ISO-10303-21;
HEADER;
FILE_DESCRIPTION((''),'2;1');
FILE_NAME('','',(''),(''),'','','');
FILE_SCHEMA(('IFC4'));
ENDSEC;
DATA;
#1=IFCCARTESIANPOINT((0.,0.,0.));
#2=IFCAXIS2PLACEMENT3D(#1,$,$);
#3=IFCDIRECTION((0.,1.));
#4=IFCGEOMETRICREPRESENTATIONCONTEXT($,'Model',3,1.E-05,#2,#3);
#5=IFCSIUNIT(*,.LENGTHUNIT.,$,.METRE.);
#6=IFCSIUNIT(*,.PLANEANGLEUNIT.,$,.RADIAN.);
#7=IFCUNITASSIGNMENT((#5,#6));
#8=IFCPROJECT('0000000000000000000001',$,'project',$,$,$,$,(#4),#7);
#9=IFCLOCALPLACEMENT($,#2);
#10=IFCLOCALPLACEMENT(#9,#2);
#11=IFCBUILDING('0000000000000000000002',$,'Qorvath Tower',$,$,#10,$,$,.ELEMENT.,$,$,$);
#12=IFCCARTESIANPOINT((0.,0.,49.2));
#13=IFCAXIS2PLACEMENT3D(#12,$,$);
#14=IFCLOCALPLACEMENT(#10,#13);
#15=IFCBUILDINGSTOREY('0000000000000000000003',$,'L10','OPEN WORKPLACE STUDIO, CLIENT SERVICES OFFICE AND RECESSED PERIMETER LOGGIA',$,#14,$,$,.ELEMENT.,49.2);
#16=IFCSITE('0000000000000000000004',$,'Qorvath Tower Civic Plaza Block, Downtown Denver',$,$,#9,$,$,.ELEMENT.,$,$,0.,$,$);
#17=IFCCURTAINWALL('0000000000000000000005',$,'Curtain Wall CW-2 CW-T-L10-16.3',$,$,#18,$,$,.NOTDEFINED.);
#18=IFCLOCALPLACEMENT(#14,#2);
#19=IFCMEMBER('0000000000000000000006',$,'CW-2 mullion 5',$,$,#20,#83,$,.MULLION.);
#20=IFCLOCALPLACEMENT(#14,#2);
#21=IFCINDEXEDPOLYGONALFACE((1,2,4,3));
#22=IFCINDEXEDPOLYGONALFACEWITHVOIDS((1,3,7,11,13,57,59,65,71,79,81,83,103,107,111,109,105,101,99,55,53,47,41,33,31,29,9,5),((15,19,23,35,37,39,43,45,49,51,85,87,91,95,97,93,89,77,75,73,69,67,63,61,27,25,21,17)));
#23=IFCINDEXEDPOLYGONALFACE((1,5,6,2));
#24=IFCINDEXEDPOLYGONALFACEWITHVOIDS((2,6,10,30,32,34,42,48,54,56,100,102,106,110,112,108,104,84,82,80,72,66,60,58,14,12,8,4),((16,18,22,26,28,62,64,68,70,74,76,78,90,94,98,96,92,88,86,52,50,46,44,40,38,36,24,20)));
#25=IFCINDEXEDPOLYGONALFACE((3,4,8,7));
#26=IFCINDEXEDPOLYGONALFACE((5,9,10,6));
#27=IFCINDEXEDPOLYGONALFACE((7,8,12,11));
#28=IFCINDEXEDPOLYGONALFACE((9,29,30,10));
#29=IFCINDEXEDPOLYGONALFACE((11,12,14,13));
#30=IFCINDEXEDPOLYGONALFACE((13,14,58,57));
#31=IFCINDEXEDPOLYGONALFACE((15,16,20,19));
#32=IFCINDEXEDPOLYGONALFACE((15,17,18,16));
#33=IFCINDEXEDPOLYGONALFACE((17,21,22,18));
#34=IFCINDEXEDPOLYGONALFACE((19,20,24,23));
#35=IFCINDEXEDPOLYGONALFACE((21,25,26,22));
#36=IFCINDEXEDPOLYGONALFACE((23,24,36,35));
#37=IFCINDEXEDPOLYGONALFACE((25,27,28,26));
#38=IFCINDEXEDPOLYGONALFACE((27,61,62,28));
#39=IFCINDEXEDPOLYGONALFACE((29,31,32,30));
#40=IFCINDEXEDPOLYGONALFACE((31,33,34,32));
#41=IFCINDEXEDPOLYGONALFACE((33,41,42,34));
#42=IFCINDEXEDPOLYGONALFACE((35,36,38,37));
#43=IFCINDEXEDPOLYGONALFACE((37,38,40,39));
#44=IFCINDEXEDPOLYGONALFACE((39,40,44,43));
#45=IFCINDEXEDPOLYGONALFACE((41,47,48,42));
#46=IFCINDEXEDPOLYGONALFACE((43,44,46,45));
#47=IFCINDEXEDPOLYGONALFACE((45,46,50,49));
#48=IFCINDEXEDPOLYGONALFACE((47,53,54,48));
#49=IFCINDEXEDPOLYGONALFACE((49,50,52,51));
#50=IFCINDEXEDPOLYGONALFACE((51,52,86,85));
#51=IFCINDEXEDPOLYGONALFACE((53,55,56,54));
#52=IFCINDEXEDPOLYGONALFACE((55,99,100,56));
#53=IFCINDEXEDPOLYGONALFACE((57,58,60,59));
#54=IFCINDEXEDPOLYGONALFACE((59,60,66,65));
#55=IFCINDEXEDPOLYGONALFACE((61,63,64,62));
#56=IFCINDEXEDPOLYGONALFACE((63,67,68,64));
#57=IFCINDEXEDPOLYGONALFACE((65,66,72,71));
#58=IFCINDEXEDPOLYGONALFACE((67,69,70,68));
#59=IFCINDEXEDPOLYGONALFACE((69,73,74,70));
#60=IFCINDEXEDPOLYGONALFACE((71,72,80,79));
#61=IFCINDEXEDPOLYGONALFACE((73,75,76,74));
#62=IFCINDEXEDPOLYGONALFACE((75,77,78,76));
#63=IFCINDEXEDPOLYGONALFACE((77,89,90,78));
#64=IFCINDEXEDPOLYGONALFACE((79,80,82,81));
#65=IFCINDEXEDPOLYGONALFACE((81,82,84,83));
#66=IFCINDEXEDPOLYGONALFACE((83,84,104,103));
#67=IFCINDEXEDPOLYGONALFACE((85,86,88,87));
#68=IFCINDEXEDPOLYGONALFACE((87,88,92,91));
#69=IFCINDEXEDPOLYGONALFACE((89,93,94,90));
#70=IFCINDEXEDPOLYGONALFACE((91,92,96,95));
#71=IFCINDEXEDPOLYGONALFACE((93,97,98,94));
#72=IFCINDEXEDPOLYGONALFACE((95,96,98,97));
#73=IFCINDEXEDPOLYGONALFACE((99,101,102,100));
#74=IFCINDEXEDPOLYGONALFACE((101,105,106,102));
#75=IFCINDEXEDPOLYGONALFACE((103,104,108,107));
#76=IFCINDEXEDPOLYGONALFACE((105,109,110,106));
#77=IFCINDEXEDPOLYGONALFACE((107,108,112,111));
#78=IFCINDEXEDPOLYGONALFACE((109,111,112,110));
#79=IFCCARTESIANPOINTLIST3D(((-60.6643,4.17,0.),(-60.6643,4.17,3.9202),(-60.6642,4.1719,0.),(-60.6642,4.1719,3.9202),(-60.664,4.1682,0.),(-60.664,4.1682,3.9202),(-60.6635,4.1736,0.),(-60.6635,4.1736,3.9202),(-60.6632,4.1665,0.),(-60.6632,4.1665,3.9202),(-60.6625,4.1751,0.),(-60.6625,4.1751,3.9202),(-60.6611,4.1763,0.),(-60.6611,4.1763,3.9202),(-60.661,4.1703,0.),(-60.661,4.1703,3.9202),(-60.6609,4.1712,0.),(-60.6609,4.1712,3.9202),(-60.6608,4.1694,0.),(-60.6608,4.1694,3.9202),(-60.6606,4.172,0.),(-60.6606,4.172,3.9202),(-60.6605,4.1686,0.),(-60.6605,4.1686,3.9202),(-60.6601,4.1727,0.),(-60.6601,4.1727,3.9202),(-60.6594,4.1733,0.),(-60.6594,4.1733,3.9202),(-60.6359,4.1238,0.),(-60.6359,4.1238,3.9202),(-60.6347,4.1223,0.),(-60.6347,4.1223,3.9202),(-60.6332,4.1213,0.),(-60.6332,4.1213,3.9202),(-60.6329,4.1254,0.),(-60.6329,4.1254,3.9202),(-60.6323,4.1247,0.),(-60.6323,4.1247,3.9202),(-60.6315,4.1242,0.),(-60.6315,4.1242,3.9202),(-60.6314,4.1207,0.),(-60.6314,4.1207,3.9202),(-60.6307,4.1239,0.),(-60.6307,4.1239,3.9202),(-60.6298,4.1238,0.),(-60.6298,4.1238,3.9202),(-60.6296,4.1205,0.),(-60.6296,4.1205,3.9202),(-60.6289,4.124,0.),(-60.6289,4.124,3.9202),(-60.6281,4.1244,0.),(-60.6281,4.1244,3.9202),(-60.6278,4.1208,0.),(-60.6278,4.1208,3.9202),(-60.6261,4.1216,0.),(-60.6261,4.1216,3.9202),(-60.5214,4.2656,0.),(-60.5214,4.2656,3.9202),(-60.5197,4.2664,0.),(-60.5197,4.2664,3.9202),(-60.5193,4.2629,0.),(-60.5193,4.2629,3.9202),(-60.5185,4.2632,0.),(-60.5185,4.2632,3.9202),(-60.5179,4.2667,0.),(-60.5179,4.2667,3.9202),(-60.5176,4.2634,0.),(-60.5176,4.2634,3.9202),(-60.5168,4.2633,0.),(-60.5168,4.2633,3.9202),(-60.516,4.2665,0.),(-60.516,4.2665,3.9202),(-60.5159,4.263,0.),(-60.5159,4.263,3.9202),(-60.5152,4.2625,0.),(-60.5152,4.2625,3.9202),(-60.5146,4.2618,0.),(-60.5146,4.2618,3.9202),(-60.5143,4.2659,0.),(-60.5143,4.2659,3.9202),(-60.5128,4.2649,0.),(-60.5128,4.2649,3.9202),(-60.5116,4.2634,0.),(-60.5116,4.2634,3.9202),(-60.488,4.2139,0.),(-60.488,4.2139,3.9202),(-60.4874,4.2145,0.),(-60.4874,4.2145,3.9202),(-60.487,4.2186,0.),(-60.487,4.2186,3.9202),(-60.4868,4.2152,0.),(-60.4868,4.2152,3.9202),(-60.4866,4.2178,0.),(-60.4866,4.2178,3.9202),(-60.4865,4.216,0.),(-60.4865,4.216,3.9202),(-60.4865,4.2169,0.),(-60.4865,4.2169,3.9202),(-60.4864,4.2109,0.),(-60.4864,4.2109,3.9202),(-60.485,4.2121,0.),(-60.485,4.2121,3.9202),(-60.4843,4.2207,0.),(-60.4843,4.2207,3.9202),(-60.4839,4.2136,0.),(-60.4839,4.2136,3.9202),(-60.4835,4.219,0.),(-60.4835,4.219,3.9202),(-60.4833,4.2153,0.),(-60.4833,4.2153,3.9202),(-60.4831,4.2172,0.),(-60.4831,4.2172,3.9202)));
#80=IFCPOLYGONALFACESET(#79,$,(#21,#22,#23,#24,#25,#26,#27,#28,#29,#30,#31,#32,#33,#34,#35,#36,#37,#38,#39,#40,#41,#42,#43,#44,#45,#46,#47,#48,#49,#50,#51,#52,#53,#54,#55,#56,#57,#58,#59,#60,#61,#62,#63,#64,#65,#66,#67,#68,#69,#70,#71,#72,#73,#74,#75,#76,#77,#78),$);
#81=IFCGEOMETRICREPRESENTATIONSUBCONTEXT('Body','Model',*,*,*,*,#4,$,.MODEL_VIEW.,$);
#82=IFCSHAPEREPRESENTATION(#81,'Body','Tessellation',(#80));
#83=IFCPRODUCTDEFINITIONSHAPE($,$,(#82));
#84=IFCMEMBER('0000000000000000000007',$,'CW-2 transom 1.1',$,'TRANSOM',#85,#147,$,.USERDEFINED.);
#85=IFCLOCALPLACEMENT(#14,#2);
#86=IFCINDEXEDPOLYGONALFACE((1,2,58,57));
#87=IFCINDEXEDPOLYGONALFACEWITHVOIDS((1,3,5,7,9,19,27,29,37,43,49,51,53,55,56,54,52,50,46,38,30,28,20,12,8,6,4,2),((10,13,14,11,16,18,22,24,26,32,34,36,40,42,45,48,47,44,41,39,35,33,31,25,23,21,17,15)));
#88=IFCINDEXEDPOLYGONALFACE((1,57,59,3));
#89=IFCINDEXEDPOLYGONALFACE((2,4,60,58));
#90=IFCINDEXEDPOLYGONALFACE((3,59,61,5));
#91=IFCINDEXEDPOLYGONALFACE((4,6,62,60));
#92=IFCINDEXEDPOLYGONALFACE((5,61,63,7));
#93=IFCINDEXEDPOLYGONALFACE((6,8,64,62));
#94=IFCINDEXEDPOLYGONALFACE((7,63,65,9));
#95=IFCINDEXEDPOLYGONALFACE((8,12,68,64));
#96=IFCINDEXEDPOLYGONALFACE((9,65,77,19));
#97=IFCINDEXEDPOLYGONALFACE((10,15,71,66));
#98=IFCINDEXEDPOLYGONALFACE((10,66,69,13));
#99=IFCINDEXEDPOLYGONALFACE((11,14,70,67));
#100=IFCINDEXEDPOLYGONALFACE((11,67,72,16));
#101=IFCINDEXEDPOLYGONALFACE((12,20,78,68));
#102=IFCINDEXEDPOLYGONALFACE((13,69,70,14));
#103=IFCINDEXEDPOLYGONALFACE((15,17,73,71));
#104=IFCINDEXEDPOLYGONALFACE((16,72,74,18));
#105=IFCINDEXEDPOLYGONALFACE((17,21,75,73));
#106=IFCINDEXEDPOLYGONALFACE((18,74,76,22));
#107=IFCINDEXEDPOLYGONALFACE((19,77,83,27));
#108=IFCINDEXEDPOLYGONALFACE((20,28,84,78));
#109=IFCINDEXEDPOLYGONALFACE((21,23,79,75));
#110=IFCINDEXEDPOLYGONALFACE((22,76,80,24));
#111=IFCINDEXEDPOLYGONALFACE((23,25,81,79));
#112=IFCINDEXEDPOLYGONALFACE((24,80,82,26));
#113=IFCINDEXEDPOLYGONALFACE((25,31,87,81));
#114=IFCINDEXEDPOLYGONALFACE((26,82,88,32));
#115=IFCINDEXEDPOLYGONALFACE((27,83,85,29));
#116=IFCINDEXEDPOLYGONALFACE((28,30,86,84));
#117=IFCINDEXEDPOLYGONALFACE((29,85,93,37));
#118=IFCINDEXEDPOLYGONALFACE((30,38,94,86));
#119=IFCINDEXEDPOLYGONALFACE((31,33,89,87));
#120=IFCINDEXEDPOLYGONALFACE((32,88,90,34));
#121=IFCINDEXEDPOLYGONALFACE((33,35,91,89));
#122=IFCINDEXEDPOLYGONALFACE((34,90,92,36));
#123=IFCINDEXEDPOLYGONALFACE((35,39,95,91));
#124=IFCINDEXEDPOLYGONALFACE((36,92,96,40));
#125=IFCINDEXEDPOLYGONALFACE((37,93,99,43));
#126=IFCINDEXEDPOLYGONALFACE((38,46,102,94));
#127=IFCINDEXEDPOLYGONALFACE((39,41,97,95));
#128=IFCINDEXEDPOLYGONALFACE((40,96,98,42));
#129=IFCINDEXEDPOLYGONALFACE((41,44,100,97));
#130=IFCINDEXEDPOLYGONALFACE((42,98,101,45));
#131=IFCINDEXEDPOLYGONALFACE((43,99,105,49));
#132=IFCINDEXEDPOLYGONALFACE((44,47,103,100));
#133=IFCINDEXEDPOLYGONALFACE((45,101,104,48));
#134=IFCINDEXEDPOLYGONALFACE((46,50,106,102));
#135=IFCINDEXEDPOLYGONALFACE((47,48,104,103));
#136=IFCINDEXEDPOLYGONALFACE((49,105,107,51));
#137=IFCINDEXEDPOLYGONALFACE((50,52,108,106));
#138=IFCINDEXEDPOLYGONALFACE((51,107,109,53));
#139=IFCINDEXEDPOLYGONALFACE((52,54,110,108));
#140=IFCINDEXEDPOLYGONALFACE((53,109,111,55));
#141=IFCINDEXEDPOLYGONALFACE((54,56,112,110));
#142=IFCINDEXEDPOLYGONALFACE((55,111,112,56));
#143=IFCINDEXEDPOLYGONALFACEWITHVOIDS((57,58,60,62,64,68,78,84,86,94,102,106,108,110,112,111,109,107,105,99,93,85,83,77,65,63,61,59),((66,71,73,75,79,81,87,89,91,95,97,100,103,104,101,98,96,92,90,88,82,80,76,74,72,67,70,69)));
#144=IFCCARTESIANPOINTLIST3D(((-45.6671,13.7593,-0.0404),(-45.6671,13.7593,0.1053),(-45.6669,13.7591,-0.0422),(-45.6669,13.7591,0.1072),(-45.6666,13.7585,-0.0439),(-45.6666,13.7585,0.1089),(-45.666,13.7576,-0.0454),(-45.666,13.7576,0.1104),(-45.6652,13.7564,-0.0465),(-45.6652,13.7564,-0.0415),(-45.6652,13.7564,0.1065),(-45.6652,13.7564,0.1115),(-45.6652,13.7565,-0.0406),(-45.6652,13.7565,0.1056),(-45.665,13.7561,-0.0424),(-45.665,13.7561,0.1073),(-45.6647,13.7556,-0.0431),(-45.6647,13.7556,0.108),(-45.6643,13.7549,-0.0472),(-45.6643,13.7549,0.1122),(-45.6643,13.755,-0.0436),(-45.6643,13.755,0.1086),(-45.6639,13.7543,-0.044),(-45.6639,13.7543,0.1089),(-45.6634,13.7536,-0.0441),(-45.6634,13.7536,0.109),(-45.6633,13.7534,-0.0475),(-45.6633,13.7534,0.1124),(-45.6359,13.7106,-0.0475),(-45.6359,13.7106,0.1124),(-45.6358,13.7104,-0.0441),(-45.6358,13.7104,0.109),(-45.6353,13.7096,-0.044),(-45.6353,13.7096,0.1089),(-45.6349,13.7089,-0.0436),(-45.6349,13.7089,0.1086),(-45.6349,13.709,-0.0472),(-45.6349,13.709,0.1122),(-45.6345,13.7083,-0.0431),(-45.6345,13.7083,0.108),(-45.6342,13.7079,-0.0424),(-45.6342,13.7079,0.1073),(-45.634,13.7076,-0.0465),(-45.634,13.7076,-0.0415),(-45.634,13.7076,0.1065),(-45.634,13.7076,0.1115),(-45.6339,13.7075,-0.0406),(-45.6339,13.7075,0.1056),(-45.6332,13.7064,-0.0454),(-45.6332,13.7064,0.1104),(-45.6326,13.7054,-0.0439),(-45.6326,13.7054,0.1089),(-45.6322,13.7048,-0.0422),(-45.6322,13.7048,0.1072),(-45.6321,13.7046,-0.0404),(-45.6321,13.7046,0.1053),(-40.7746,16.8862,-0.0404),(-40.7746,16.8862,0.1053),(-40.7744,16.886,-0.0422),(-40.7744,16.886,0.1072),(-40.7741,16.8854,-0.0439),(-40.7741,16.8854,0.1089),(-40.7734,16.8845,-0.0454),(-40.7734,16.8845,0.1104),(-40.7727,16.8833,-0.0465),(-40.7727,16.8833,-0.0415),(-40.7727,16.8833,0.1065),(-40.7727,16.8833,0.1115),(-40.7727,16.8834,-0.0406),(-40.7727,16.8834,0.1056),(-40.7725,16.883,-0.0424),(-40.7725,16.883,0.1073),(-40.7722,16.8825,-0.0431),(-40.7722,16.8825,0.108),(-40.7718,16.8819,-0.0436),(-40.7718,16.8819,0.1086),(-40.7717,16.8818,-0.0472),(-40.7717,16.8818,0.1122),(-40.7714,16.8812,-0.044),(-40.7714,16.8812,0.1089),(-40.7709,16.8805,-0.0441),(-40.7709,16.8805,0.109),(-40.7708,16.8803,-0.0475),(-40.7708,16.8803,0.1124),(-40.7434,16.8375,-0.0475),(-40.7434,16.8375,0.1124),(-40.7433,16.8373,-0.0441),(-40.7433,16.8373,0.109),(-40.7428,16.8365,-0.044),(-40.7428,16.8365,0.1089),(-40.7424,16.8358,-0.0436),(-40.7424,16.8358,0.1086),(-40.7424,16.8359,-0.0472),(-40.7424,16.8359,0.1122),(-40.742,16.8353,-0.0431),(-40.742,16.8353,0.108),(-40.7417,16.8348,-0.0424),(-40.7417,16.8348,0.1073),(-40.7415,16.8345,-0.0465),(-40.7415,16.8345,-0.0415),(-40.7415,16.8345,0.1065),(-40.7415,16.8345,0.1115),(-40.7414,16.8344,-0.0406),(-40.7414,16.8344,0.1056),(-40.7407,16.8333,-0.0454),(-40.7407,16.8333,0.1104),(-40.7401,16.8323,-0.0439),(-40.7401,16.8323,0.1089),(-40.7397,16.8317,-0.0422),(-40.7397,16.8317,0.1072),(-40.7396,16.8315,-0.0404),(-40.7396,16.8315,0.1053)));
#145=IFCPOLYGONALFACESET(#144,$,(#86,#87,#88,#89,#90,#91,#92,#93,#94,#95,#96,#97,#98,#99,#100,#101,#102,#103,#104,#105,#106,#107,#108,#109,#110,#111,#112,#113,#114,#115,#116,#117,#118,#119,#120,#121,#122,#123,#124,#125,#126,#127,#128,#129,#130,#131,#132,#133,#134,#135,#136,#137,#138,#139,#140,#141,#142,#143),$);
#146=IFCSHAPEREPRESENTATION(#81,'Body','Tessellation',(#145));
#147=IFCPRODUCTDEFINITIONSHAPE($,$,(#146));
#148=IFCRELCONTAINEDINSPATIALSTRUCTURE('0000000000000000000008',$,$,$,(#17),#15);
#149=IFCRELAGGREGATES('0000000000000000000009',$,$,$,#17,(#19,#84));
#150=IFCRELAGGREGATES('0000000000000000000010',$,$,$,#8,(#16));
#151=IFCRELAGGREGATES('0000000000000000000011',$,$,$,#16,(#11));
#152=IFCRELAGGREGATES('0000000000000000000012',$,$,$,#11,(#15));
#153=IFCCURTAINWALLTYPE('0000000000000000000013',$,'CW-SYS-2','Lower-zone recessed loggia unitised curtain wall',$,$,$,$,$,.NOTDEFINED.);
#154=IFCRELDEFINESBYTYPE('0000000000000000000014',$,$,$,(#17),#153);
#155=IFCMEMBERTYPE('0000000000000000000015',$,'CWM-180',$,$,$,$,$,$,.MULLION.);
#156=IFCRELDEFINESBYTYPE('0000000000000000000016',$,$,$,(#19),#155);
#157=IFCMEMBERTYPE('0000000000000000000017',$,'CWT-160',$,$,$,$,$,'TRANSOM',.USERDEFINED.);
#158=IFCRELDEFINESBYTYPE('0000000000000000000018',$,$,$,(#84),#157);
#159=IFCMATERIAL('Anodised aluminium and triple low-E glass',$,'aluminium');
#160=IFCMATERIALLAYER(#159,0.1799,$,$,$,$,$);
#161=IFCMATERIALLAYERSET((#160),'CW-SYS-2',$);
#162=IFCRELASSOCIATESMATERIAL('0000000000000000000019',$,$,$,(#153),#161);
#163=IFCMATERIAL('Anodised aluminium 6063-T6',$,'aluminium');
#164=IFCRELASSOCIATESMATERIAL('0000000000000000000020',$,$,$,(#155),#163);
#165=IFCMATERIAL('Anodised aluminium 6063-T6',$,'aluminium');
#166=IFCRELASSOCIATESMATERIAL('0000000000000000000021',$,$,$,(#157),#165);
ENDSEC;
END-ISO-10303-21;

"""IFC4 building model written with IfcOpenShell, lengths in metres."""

from ifc_helpers import new_model, si_unit, direction, frame, origin, origin_2d, place, context, subcontext, project, spatial, hollow_rectangle, extrude, material, layer, layer_set, material_profile, profile_set, type_object, element, aggregate, save


model = new_model("IFC4")

# Units and contexts
model_context = context("Model", 3, precision=1e-05, world=origin(), true_north=direction((0.0, 1.0)))
body_context = subcontext(model_context, "Body", "Model", "MODEL_VIEW")
ifc_project = project(units=[si_unit("LENGTHUNIT", "METRE"), si_unit("PLANEANGLEUNIT", "RADIAN")], contexts=[model_context])

# Site, building, storey
site_placement = place(None, origin())
site = spatial("IfcSite", under=ifc_project, at=site_placement, Name="Qorvath Tower Civic Plaza Block, Downtown Denver", CompositionType="ELEMENT", RefElevation=0.0)
building_placement = place(site_placement, origin())
building = spatial("IfcBuilding", under=site, at=building_placement, Name="Qorvath Tower", CompositionType="ELEMENT")
storey_placement = place(building_placement, frame((0.0, 0.0, 49.2)))
storey = spatial("IfcBuildingStorey", under=building, at=storey_placement, Name="L10", Description="OPEN WORKPLACE STUDIO, CLIENT SERVICES OFFICE AND RECESSED PERIMETER LOGGIA", CompositionType="ELEMENT", Elevation=49.2)

# Curtain wall, members
ifc_material_1 = material(Name="Anodised aluminium and triple low-E glass", Category="aluminium")
ifc_layer_1 = layer(ifc_material_1, 0.1799)
ifc_layer_set_1 = layer_set([ifc_layer_1], Name="CW-SYS-2")
curtain_wall_type = type_object("IfcCurtainWallType", Name="CW-SYS-2", Description="Lower-zone recessed loggia unitised curtain wall", PredefinedType="NOTDEFINED", material=ifc_layer_set_1)
curtain_wall_placement = place(storey_placement, origin())
curtain_wall = element("IfcCurtainWall", 1, at=curtain_wall_placement, inside=storey, type_object=curtain_wall_type, Name="Curtain Wall CW-2 CW-T-L10-16.3", PredefinedType="NOTDEFINED")
ifc_material_2 = material(Name="Anodised aluminium 6063-T6", Category="aluminium")
ifc_material_profile_1 = material_profile(ifc_material_2, hollow_rectangle(XDim=0.0649, YDim=0.1799, WallThickness=0.0034, InnerFilletRadius=0.0034, OuterFilletRadius=0.0071, at=origin_2d()), Name="CWM 180x65")
ifc_profile_set_1 = profile_set([ifc_material_profile_1], Name="Anodised aluminium 6063-T6")
member_type_1 = type_object("IfcMemberType", Name="CWM-180", PredefinedType="MULLION", material=ifc_profile_set_1)
member_1_placement = place(storey_placement, frame((-60.5737, 4.1936, 0.0), z_axis=(0.0, 0.0, 1.0), x_axis=(0.538532, -0.842605, 0.0)))
member_1 = element("IfcMember", 2, at=member_1_placement, type_object=member_type_1, Name="CW-2 mullion 5", PredefinedType="MULLION", context=body_context, shape_type="SweptSolid", body=[
    extrude(hollow_rectangle(XDim=0.0649, YDim=0.1799, WallThickness=0.0034, InnerFilletRadius=0.0034, OuterFilletRadius=0.0071, at=origin_2d()), origin(), (0.0, 0.0, 1.0), 3.9202),
])
ifc_material_3 = material(Name="Anodised aluminium 6063-T6", Category="aluminium")
ifc_material_profile_2 = material_profile(ifc_material_3, hollow_rectangle(XDim=0.0649, YDim=0.1599, WallThickness=0.0034, InnerFilletRadius=0.0034, OuterFilletRadius=0.0071, at=origin_2d()), Name="CWT 160x65")
ifc_profile_set_2 = profile_set([ifc_material_profile_2], Name="Anodised aluminium 6063-T6")
member_type_2 = type_object("IfcMemberType", Name="CWT-160", ElementType="TRANSOM", PredefinedType="USERDEFINED", material=ifc_profile_set_2)
member_2_placement = place(storey_placement, frame((-40.7571, 16.8589, 0.0325), z_axis=(-0.842607, -0.538529, 0.0), x_axis=(0.538529, -0.842607, 0.0)))
member_2 = element("IfcMember", 3, at=member_2_placement, type_object=member_type_2, Name="CW-2 transom 1.1", ObjectType="TRANSOM", PredefinedType="USERDEFINED", context=body_context, shape_type="SweptSolid", body=[
    extrude(hollow_rectangle(XDim=0.0649, YDim=0.1599, WallThickness=0.0034, InnerFilletRadius=0.0034, OuterFilletRadius=0.0071, at=origin_2d()), origin(), (0.0, 0.0, 1.0), 5.8064),
])

aggregate(curtain_wall, [member_1, member_2])

save(model, "model.ifc")
